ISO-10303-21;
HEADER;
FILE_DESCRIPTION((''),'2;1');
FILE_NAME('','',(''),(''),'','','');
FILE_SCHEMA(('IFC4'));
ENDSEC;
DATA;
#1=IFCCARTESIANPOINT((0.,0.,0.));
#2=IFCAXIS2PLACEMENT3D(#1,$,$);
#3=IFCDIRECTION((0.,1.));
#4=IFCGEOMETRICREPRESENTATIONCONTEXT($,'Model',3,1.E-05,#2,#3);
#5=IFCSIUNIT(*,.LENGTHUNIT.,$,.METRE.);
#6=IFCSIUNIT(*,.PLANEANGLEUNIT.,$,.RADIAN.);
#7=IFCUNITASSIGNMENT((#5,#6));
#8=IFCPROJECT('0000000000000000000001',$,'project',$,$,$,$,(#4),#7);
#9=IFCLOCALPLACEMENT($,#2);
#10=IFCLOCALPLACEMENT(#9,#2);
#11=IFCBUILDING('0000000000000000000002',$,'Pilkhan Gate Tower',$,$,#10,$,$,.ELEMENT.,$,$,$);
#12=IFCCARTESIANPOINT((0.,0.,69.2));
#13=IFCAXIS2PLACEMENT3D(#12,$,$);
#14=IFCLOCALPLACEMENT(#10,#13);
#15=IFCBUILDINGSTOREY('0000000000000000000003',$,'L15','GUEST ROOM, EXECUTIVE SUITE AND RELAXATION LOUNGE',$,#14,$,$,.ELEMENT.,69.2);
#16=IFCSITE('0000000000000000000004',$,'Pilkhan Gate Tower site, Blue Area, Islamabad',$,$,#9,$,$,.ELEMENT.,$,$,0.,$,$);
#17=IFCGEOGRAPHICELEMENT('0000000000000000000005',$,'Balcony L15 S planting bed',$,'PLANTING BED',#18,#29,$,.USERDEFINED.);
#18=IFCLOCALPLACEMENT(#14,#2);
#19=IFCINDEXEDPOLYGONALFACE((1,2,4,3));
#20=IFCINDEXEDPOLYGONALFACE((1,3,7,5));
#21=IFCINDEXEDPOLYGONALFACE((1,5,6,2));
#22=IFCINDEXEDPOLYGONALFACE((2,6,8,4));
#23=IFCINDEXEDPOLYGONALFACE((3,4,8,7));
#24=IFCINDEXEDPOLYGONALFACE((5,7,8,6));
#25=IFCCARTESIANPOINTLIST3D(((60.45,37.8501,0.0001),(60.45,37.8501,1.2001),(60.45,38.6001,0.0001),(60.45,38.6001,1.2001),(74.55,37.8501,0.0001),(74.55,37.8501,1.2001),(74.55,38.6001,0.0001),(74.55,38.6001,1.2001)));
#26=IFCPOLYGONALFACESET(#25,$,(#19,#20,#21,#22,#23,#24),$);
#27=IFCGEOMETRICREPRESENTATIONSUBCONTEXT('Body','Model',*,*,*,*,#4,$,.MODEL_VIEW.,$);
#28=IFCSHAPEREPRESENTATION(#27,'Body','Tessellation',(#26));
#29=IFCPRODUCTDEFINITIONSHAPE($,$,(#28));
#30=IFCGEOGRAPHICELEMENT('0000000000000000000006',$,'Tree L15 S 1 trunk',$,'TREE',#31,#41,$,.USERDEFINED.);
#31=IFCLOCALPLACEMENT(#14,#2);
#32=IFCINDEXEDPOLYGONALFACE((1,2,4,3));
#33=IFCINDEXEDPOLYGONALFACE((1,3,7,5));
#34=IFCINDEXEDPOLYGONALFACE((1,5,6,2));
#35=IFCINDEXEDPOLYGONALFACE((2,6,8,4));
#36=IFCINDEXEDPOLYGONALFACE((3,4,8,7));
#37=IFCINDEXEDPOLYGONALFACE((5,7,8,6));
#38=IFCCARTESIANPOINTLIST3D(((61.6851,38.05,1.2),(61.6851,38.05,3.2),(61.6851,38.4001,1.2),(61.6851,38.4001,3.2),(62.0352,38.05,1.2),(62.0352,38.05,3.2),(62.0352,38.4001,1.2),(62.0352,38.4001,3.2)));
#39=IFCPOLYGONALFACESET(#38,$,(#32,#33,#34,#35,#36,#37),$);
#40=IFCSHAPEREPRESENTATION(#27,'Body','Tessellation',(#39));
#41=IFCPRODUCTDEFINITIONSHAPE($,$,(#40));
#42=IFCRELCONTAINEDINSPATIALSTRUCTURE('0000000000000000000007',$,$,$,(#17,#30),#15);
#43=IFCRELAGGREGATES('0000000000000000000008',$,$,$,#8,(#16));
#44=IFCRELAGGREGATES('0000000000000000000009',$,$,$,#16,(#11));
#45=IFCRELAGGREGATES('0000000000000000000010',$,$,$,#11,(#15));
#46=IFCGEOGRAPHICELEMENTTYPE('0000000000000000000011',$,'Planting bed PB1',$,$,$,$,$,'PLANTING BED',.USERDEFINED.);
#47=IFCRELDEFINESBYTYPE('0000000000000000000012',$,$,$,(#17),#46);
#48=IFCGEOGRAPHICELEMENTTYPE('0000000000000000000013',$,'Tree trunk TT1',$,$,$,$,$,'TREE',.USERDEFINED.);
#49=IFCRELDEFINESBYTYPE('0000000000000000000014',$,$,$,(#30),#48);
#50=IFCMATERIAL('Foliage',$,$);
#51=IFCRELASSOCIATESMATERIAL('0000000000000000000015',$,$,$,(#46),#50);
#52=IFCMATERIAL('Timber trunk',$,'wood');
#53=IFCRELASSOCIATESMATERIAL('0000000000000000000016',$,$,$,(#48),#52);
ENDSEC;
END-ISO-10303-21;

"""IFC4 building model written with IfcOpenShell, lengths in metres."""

from ifc_helpers import new_model, si_unit, direction, frame, origin, origin_2d, place, context, subcontext, project, spatial, rectangle, extrude, material, material_profile, profile_set, type_object, element, save


model = new_model("IFC4")

# Units and contexts
model_context = context("Model", 3, precision=1e-05, world=origin(), true_north=direction((0.0, 1.0)))
body_context = subcontext(model_context, "Body", "Model", "MODEL_VIEW")
ifc_project = project(units=[si_unit("LENGTHUNIT", "METRE"), si_unit("PLANEANGLEUNIT", "RADIAN")], contexts=[model_context])

# Site, building, storey
site_placement = place(None, origin())
site = spatial("IfcSite", under=ifc_project, at=site_placement, Name="Pilkhan Gate Tower site, Blue Area, Islamabad", CompositionType="ELEMENT", RefElevation=0.0)
building_placement = place(site_placement, origin())
building = spatial("IfcBuilding", under=site, at=building_placement, Name="Pilkhan Gate Tower", CompositionType="ELEMENT")
storey_placement = place(building_placement, frame((0.0, 0.0, 69.2)))
storey = spatial("IfcBuildingStorey", under=building, at=storey_placement, Name="L15", Description="GUEST ROOM, EXECUTIVE SUITE AND RELAXATION LOUNGE", CompositionType="ELEMENT", Elevation=69.2)

# Geographic elements
ifc_material_1 = material(Name="Foliage")
ifc_material_profile_1 = material_profile(ifc_material_1, rectangle(XDim=0.75, YDim=1.2, at=origin_2d()), Name="Bed 750x1200")
ifc_profile_set_1 = profile_set([ifc_material_profile_1], Name="Foliage")
geographic_element_type_1 = type_object("IfcGeographicElementType", Name="Planting bed PB1", ElementType="PLANTING BED", PredefinedType="USERDEFINED", material=ifc_profile_set_1)
geographic_element_1_placement = place(storey_placement, frame((60.45, 38.2251, 0.6001), z_axis=(1.0, 0.0, 0.0), x_axis=(0.0, 1.0, 0.0)))
element("IfcGeographicElement", 1, at=geographic_element_1_placement, inside=storey, type_object=geographic_element_type_1, Name="Balcony L15 S planting bed", ObjectType="PLANTING BED", PredefinedType="USERDEFINED", context=body_context, shape_type="SweptSolid", body=[
    extrude(rectangle(XDim=0.75, YDim=1.2, at=origin_2d()), origin(), (0.0, 0.0, 1.0), 14.1001),
])
ifc_material_2 = material(Name="Timber trunk", Category="wood")
geographic_element_type_2 = type_object("IfcGeographicElementType", Name="Tree trunk TT1", ElementType="TREE", PredefinedType="USERDEFINED", material=ifc_material_2)
geographic_element_2_placement = place(storey_placement, frame((61.8601, 38.2251, 1.2), z_axis=(0.0, 0.0, 1.0), x_axis=(1.0, 0.0, 0.0)))
element("IfcGeographicElement", 2, at=geographic_element_2_placement, inside=storey, type_object=geographic_element_type_2, Name="Tree L15 S 1 trunk", ObjectType="TREE", PredefinedType="USERDEFINED", context=body_context, shape_type="SweptSolid", body=[
    extrude(rectangle(XDim=0.3501, YDim=0.3501, at=origin_2d()), origin(), (0.0, 0.0, 1.0), 2.0),
])

save(model, "model.ifc")
